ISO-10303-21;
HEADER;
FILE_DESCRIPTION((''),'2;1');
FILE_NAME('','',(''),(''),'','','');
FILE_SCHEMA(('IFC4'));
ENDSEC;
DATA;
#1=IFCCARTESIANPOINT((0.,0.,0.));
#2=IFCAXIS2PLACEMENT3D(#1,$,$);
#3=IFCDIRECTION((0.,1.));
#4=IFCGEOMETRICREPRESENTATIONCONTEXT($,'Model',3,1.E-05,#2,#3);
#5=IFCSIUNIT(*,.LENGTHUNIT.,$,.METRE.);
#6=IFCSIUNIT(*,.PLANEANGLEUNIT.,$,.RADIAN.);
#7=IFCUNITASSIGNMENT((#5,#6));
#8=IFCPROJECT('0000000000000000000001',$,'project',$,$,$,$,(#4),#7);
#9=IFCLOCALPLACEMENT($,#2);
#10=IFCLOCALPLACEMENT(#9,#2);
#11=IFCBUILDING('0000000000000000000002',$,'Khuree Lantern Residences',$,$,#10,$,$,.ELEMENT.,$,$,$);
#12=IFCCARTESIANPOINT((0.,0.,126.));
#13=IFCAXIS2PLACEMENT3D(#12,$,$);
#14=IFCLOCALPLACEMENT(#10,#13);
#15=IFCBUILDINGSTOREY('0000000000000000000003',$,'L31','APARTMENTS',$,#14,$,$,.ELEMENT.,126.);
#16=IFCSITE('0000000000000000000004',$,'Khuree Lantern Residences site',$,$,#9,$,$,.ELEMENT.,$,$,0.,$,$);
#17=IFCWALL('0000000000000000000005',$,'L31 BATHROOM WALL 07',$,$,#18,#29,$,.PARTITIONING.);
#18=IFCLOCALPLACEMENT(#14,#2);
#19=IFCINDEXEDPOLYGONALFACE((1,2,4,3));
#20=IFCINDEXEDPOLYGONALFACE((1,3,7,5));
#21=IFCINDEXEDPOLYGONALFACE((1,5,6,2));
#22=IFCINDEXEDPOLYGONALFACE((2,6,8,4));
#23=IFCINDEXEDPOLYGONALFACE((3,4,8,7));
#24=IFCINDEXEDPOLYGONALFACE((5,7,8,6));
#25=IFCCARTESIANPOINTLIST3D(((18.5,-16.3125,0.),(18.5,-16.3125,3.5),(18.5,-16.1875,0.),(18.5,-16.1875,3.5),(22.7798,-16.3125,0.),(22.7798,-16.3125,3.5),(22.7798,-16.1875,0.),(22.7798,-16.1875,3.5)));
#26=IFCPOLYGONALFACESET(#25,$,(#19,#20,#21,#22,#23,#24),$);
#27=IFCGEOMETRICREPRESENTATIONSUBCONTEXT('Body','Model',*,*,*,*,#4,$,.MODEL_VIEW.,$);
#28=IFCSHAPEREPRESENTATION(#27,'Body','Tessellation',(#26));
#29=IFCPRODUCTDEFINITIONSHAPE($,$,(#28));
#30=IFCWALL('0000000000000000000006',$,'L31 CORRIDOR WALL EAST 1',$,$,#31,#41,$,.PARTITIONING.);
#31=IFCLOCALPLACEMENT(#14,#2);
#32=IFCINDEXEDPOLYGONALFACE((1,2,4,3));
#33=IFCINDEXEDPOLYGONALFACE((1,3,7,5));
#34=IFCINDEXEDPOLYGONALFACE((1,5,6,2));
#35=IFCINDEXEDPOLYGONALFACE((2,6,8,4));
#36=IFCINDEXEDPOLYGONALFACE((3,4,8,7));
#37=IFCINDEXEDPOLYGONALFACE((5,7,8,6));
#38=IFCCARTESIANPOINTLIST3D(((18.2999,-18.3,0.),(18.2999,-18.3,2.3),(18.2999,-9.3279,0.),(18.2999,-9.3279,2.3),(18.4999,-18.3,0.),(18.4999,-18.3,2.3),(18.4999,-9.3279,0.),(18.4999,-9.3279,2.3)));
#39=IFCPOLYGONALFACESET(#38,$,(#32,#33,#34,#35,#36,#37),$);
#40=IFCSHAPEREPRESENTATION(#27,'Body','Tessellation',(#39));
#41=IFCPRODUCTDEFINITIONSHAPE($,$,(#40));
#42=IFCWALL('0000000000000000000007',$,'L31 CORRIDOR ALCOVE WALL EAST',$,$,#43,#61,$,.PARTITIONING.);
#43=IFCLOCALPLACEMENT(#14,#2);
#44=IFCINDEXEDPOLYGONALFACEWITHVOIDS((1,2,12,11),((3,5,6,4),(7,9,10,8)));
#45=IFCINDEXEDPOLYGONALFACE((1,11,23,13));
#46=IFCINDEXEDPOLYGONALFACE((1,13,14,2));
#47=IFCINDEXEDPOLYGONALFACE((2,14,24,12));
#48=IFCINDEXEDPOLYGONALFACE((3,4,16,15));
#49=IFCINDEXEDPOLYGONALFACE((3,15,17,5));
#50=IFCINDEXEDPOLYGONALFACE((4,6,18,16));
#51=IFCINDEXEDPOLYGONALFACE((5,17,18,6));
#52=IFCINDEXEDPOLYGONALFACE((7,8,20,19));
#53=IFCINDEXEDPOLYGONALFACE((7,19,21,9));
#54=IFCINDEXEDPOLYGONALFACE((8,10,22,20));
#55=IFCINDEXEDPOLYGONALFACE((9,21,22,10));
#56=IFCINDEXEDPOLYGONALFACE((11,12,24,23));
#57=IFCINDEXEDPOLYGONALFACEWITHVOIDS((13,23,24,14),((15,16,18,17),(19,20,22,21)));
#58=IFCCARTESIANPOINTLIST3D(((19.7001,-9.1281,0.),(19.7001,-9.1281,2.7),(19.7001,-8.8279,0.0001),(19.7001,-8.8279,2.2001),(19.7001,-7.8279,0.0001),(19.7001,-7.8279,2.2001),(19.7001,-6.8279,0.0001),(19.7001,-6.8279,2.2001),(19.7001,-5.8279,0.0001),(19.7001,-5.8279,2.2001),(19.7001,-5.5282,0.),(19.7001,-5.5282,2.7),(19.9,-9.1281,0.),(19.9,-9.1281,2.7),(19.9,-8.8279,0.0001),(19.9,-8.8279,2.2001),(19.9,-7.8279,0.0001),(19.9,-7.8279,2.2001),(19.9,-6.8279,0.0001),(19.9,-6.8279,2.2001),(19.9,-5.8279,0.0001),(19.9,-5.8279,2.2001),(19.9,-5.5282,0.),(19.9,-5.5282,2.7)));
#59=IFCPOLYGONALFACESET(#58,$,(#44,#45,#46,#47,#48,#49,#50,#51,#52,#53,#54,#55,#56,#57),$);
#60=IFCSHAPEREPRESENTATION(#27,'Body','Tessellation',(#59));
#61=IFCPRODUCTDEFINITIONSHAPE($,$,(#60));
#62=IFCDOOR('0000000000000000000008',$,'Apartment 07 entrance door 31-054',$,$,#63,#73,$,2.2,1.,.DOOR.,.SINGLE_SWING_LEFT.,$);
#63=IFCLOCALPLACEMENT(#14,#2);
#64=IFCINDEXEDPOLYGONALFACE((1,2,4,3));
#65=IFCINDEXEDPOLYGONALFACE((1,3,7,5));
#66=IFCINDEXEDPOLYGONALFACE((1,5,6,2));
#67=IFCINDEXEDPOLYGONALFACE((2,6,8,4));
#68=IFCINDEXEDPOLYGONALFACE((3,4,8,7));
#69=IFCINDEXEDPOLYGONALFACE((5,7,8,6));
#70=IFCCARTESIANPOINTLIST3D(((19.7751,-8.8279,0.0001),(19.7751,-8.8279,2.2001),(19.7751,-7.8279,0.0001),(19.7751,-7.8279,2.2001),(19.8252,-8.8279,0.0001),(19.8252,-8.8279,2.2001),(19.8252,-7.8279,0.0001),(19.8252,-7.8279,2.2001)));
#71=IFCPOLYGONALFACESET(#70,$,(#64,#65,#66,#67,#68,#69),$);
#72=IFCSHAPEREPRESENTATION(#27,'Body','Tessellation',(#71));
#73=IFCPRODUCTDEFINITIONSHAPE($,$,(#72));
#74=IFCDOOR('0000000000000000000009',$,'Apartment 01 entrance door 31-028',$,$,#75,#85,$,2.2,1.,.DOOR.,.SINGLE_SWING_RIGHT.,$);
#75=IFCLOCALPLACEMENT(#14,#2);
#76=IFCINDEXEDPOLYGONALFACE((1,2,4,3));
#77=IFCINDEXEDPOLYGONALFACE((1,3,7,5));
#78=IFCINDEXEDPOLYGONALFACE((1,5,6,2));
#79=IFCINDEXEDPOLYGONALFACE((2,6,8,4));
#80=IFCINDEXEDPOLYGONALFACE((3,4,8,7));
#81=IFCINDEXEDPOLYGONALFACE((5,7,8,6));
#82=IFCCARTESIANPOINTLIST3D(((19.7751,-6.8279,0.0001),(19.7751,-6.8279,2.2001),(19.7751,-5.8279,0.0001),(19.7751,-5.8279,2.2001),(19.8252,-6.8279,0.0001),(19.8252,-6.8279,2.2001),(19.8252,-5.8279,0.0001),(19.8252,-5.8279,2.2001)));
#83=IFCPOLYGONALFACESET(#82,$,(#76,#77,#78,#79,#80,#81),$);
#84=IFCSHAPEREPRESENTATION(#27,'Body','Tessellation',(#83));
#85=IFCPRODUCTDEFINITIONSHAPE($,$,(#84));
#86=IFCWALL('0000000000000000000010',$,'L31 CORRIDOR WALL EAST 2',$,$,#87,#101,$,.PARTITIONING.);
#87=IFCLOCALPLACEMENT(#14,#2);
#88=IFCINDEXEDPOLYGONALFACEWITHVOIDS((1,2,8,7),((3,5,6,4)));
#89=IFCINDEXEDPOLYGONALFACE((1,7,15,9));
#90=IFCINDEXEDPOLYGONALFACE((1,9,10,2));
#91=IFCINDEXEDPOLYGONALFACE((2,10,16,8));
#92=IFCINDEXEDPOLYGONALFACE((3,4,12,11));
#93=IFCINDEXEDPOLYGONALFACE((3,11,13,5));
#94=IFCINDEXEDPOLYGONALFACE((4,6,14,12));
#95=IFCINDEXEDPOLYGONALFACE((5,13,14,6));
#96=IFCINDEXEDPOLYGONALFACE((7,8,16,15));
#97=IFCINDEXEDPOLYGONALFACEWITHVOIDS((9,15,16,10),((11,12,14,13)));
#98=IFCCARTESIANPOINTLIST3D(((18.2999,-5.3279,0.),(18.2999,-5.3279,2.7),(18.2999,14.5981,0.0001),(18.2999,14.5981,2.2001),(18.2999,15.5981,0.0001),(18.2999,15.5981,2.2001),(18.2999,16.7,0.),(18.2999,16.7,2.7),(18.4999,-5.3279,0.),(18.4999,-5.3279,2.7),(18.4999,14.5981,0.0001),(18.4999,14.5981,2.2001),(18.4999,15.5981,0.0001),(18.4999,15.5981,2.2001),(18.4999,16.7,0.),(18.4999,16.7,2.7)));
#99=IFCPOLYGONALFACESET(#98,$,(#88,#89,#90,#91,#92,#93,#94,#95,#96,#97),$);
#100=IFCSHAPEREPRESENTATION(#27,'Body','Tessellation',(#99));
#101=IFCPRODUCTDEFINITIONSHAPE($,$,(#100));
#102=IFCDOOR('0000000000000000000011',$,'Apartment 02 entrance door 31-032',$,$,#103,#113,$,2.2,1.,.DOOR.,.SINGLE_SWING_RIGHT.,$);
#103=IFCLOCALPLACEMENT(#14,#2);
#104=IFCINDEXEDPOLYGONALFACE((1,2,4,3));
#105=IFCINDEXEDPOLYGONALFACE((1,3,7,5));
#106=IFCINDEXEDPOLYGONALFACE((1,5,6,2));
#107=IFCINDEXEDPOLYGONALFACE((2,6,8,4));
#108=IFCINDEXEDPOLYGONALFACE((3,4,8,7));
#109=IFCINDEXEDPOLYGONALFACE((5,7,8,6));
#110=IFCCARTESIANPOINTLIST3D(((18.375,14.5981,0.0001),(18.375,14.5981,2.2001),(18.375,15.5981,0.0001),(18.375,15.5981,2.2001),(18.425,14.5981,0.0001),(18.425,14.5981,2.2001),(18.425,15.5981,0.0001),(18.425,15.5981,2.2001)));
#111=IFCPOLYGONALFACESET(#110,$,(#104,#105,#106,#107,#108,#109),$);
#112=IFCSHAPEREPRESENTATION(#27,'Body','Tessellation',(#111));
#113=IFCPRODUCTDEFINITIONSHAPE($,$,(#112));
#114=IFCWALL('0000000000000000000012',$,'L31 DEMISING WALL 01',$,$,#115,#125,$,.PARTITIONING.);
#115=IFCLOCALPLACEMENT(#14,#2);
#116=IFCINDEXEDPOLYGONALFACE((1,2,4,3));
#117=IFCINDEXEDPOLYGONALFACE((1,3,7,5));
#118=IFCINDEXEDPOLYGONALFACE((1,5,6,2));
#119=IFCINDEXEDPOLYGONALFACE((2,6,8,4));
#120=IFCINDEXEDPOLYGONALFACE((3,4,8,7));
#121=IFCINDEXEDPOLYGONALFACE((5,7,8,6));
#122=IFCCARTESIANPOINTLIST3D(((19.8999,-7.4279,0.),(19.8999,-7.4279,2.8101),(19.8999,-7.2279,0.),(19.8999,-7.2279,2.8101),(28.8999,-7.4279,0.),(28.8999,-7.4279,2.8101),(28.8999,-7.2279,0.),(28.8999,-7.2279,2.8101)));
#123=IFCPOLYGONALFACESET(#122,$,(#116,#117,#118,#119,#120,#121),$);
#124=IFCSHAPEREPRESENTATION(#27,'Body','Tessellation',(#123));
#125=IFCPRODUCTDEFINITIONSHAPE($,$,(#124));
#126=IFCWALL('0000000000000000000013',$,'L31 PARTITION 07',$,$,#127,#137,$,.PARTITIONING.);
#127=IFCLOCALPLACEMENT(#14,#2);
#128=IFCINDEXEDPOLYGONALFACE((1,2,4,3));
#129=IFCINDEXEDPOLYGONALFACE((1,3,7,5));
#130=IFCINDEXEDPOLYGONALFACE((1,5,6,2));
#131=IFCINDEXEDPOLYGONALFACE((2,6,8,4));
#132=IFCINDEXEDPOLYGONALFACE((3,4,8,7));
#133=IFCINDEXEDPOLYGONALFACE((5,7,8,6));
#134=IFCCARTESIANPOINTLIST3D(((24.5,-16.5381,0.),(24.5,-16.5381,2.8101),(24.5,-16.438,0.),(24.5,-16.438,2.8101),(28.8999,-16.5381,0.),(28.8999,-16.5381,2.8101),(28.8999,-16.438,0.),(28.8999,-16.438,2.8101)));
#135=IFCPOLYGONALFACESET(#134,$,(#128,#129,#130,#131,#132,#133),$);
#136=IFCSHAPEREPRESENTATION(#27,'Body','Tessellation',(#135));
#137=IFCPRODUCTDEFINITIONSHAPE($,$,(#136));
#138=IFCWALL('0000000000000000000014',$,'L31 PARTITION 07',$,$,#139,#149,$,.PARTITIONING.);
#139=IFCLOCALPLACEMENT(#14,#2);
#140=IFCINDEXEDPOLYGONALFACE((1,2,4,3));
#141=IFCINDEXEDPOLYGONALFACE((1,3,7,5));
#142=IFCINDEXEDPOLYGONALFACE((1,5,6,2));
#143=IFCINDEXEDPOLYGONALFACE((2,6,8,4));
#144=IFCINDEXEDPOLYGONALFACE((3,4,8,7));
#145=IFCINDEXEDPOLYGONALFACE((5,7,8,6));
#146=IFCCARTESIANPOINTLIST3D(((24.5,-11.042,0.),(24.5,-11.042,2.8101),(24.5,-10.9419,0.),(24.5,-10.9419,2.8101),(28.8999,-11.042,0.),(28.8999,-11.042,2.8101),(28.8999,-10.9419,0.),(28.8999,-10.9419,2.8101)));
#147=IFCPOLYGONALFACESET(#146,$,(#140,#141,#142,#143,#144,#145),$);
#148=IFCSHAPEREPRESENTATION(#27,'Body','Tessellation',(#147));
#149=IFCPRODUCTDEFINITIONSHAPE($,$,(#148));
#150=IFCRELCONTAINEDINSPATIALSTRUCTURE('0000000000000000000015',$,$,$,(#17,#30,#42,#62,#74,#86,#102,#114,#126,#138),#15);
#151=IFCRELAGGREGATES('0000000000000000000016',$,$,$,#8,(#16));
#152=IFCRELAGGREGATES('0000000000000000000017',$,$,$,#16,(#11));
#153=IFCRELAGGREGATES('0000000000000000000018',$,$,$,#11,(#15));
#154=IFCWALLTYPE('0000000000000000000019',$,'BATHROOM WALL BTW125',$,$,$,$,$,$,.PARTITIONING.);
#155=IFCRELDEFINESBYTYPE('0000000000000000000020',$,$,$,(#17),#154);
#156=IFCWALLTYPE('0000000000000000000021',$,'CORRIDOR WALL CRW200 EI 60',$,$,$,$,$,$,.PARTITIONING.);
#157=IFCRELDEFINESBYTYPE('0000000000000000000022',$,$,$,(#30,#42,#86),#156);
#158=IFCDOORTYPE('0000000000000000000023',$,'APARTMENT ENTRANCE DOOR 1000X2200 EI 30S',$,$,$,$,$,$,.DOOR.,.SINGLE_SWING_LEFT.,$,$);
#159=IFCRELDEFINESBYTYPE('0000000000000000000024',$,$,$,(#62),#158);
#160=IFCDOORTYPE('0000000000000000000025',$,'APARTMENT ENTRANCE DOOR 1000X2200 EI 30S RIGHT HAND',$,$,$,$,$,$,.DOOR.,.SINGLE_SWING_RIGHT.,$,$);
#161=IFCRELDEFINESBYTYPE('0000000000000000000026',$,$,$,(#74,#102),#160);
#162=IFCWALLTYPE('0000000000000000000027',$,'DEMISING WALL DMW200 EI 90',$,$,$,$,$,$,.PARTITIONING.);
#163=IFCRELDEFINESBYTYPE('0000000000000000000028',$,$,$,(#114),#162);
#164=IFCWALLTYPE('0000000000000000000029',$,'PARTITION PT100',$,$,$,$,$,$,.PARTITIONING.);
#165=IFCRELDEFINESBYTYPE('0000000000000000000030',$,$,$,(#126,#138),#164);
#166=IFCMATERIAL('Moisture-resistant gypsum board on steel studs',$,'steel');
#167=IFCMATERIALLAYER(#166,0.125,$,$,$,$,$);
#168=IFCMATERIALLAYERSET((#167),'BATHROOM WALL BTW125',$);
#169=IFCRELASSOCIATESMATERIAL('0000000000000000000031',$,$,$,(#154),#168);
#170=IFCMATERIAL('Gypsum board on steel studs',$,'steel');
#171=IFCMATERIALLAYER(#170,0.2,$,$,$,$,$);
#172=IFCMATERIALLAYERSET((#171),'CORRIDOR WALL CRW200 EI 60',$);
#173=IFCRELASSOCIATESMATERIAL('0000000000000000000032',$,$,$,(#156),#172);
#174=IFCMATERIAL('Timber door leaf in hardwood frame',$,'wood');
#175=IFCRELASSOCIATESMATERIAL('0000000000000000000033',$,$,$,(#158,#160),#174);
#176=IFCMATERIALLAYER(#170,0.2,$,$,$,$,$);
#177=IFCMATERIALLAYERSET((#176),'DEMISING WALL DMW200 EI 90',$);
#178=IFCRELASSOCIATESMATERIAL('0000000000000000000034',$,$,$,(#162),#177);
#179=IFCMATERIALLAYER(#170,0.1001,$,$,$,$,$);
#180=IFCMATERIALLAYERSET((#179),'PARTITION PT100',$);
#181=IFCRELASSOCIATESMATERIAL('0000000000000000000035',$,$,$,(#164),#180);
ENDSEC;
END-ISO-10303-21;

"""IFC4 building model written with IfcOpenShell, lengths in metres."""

from ifc_helpers import new_model, si_unit, direction, frame, frame_2d, origin, place, context, subcontext, project, spatial, rectangle, extrude, material, layer, layer_set, type_object, element, fill, save


model = new_model("IFC4")

# Units and contexts
model_context = context("Model", 3, precision=1e-05, world=origin(), true_north=direction((0.0, 1.0)))
body_context = subcontext(model_context, "Body", "Model", "MODEL_VIEW")
ifc_project = project(units=[si_unit("LENGTHUNIT", "METRE"), si_unit("PLANEANGLEUNIT", "RADIAN")], contexts=[model_context])

# Site, building, storey
site_placement = place(None, origin())
site = spatial("IfcSite", under=ifc_project, at=site_placement, Name="Khuree Lantern Residences site", CompositionType="ELEMENT", RefElevation=0.0)
building_placement = place(site_placement, origin())
building = spatial("IfcBuilding", under=site, at=building_placement, Name="Khuree Lantern Residences", CompositionType="ELEMENT")
storey_placement = place(building_placement, frame((0.0, 0.0, 126.0)))
storey = spatial("IfcBuildingStorey", under=building, at=storey_placement, Name="L31", Description="APARTMENTS", CompositionType="ELEMENT", Elevation=126.0)

# Shared definitions
ifc_material_1 = material(Name="Moisture-resistant gypsum board on steel studs", Category="steel")
ifc_layer_1 = layer(ifc_material_1, 0.125)
ifc_layer_set_1 = layer_set([ifc_layer_1], Name="BATHROOM WALL BTW125")
wall_type_1 = type_object("IfcWallType", Name="BATHROOM WALL BTW125", PredefinedType="PARTITIONING", material=ifc_layer_set_1)
ifc_material_2 = material(Name="Timber door leaf in hardwood frame", Category="wood")

# Walls
wall_1_placement = place(storey_placement, frame((18.5, -16.25, 0.0), z_axis=(0.0, 0.0, 1.0), x_axis=(1.0, 0.0, 0.0)))
element("IfcWall", 1, at=wall_1_placement, inside=storey, type_object=wall_type_1, Name="L31 BATHROOM WALL 07", PredefinedType="PARTITIONING", context=body_context, shape_type="SweptSolid", body=[
    extrude(rectangle(XDim=4.2798, YDim=0.125, at=frame_2d((2.1399, 0.0))), origin(), (0.0, 0.0, 1.0), 3.5),
])
ifc_material_3 = material(Name="Gypsum board on steel studs", Category="steel")
ifc_layer_2 = layer(ifc_material_3, 0.2)
ifc_layer_set_2 = layer_set([ifc_layer_2], Name="CORRIDOR WALL CRW200 EI 60")
wall_type_2 = type_object("IfcWallType", Name="CORRIDOR WALL CRW200 EI 60", PredefinedType="PARTITIONING", material=ifc_layer_set_2)
wall_2_placement = place(storey_placement, frame((18.3999, -18.3, 0.0), z_axis=(0.0, 0.0, 1.0), x_axis=(0.0, 1.0, 0.0)))
element("IfcWall", 2, at=wall_2_placement, inside=storey, type_object=wall_type_2, Name="L31 CORRIDOR WALL EAST 1", PredefinedType="PARTITIONING", context=body_context, shape_type="SweptSolid", body=[
    extrude(rectangle(XDim=8.9722, YDim=0.2, at=frame_2d((4.4861, 0.0))), origin(), (0.0, 0.0, 1.0), 2.3),
])

# Wall, openings, doors
wall_3_placement = place(storey_placement, frame((19.8, -9.1279, 0.0), z_axis=(0.0, 0.0, 1.0), x_axis=(0.0, 1.0, 0.0)))
wall_3 = element("IfcWall", 3, at=wall_3_placement, inside=storey, type_object=wall_type_2, Name="L31 CORRIDOR ALCOVE WALL EAST", PredefinedType="PARTITIONING", context=body_context, shape_type="SweptSolid", body=[
    extrude(rectangle(XDim=3.5999, YDim=0.2, at=frame_2d((1.7998, 0.0))), origin(), (0.0, 0.0, 1.0), 2.7),
])
opening_1_placement = place(wall_3_placement, frame((2.3, 0.0, 0.0)))
opening_1 = element("IfcOpeningElement", 4, at=opening_1_placement, cuts=wall_3, PredefinedType="OPENING", context=body_context, shape_type="SweptSolid", body=[
    extrude(rectangle(XDim=1.0, YDim=2.2, at=frame_2d((0.5, 1.1001))), frame((0.0, 0.1099, 0.0), z_axis=(0.0, -1.0, 0.0), x_axis=(1.0, 0.0, 0.0)), (0.0, 0.0, 1.0), 0.22),
])
opening_2_placement = place(wall_3_placement, frame((0.3, 0.0, 0.0)))
opening_2 = element("IfcOpeningElement", 5, at=opening_2_placement, cuts=wall_3, PredefinedType="OPENING", context=body_context, shape_type="SweptSolid", body=[
    extrude(rectangle(XDim=1.0, YDim=2.2, at=frame_2d((0.5, 1.1001))), frame((0.0, 0.1099, 0.0), z_axis=(0.0, -1.0, 0.0), x_axis=(1.0, 0.0, 0.0)), (0.0, 0.0, 1.0), 0.22),
])
door_type_1 = type_object("IfcDoorType", Name="APARTMENT ENTRANCE DOOR 1000X2200 EI 30S", OperationType="SINGLE_SWING_LEFT", PredefinedType="DOOR", material=ifc_material_2)
door_1_placement = place(opening_2_placement, origin())
door_1 = element("IfcDoor", 6, at=door_1_placement, inside=storey, type_object=door_type_1, Name="Apartment 07 entrance door 31-054", OperationType="SINGLE_SWING_LEFT", OverallHeight=2.2, OverallWidth=1.0, PredefinedType="DOOR", context=body_context, shape_type="SweptSolid", body=[
    extrude(rectangle(XDim=1.0, YDim=2.2, at=frame_2d((0.5, 1.1001))), frame((0.0, 0.0249, 0.0), z_axis=(0.0, -1.0, 0.0), x_axis=(1.0, 0.0, 0.0)), (0.0, 0.0, 1.0), 0.05),
])
fill(opening_2, door_1)
door_type_2 = type_object("IfcDoorType", Name="APARTMENT ENTRANCE DOOR 1000X2200 EI 30S RIGHT HAND", OperationType="SINGLE_SWING_RIGHT", PredefinedType="DOOR", material=ifc_material_2)
door_2_placement = place(opening_1_placement, origin())
door_2 = element("IfcDoor", 7, at=door_2_placement, inside=storey, type_object=door_type_2, Name="Apartment 01 entrance door 31-028", OperationType="SINGLE_SWING_RIGHT", OverallHeight=2.2, OverallWidth=1.0, PredefinedType="DOOR", context=body_context, shape_type="SweptSolid", body=[
    extrude(rectangle(XDim=1.0, YDim=2.2, at=frame_2d((0.5, 1.1001))), frame((0.0, 0.0249, 0.0), z_axis=(0.0, -1.0, 0.0), x_axis=(1.0, 0.0, 0.0)), (0.0, 0.0, 1.0), 0.05),
])
fill(opening_1, door_2)

# Wall, opening, door
wall_4_placement = place(storey_placement, frame((18.3999, -5.3279, 0.0), z_axis=(0.0, 0.0, 1.0), x_axis=(0.0, 1.0, 0.0)))
wall_4 = element("IfcWall", 8, at=wall_4_placement, inside=storey, type_object=wall_type_2, Name="L31 CORRIDOR WALL EAST 2", PredefinedType="PARTITIONING", context=body_context, shape_type="SweptSolid", body=[
    extrude(rectangle(XDim=22.0278, YDim=0.2, at=frame_2d((11.0139, 0.0))), origin(), (0.0, 0.0, 1.0), 2.7),
])
opening_3_placement = place(wall_4_placement, frame((19.926, 0.0, 0.0)))
opening_3 = element("IfcOpeningElement", 9, at=opening_3_placement, cuts=wall_4, PredefinedType="OPENING", context=body_context, shape_type="SweptSolid", body=[
    extrude(rectangle(XDim=1.0, YDim=2.2, at=frame_2d((0.5, 1.1001))), frame((0.0, 0.1099, 0.0), z_axis=(0.0, -1.0, 0.0), x_axis=(1.0, 0.0, 0.0)), (0.0, 0.0, 1.0), 0.22),
])
door_3_placement = place(opening_3_placement, origin())
door_3 = element("IfcDoor", 10, at=door_3_placement, inside=storey, type_object=door_type_2, Name="Apartment 02 entrance door 31-032", OperationType="SINGLE_SWING_RIGHT", OverallHeight=2.2, OverallWidth=1.0, PredefinedType="DOOR", context=body_context, shape_type="SweptSolid", body=[
    extrude(rectangle(XDim=1.0, YDim=2.2, at=frame_2d((0.5, 1.1001))), frame((0.0, 0.0249, 0.0), z_axis=(0.0, -1.0, 0.0), x_axis=(1.0, 0.0, 0.0)), (0.0, 0.0, 1.0), 0.05),
])
fill(opening_3, door_3)

# Walls
ifc_layer_3 = layer(ifc_material_3, 0.2)
ifc_layer_set_3 = layer_set([ifc_layer_3], Name="DEMISING WALL DMW200 EI 90")
wall_type_3 = type_object("IfcWallType", Name="DEMISING WALL DMW200 EI 90", PredefinedType="PARTITIONING", material=ifc_layer_set_3)
wall_5_placement = place(storey_placement, frame((19.8999, -7.3279, 0.0), z_axis=(0.0, 0.0, 1.0), x_axis=(1.0, 0.0, 0.0)))
element("IfcWall", 11, at=wall_5_placement, inside=storey, type_object=wall_type_3, Name="L31 DEMISING WALL 01", PredefinedType="PARTITIONING", context=body_context, shape_type="SweptSolid", body=[
    extrude(rectangle(XDim=9.0, YDim=0.2, at=frame_2d((4.5, 0.0))), origin(), (0.0, 0.0, 1.0), 2.8101),
])
ifc_layer_4 = layer(ifc_material_3, 0.1001)
ifc_layer_set_4 = layer_set([ifc_layer_4], Name="PARTITION PT100")
wall_type_4 = type_object("IfcWallType", Name="PARTITION PT100", PredefinedType="PARTITIONING", material=ifc_layer_set_4)
for number, where, z_axis, x_axis, name in (
    (12, (24.5, -16.488, 0.0), (0.0, 0.0, 1.0), (1.0, 0.0, 0.0), "L31 PARTITION 07"),
    (13, (24.5, -10.9919, 0.0), (0.0, 0.0, 1.0), (1.0, 0.0, 0.0), "L31 PARTITION 07"),
):
    element("IfcWall", number, at=place(storey_placement, frame(where, z_axis=z_axis, x_axis=x_axis)), inside=storey, type_object=wall_type_4, Name=name, PredefinedType="PARTITIONING", context=body_context, shape_type="SweptSolid", body=[
        extrude(rectangle(XDim=4.3999, YDim=0.1001, at=frame_2d((2.2, 0.0))), origin(), (0.0, 0.0, 1.0), 2.8101),
    ])

save(model, "model.ifc")
